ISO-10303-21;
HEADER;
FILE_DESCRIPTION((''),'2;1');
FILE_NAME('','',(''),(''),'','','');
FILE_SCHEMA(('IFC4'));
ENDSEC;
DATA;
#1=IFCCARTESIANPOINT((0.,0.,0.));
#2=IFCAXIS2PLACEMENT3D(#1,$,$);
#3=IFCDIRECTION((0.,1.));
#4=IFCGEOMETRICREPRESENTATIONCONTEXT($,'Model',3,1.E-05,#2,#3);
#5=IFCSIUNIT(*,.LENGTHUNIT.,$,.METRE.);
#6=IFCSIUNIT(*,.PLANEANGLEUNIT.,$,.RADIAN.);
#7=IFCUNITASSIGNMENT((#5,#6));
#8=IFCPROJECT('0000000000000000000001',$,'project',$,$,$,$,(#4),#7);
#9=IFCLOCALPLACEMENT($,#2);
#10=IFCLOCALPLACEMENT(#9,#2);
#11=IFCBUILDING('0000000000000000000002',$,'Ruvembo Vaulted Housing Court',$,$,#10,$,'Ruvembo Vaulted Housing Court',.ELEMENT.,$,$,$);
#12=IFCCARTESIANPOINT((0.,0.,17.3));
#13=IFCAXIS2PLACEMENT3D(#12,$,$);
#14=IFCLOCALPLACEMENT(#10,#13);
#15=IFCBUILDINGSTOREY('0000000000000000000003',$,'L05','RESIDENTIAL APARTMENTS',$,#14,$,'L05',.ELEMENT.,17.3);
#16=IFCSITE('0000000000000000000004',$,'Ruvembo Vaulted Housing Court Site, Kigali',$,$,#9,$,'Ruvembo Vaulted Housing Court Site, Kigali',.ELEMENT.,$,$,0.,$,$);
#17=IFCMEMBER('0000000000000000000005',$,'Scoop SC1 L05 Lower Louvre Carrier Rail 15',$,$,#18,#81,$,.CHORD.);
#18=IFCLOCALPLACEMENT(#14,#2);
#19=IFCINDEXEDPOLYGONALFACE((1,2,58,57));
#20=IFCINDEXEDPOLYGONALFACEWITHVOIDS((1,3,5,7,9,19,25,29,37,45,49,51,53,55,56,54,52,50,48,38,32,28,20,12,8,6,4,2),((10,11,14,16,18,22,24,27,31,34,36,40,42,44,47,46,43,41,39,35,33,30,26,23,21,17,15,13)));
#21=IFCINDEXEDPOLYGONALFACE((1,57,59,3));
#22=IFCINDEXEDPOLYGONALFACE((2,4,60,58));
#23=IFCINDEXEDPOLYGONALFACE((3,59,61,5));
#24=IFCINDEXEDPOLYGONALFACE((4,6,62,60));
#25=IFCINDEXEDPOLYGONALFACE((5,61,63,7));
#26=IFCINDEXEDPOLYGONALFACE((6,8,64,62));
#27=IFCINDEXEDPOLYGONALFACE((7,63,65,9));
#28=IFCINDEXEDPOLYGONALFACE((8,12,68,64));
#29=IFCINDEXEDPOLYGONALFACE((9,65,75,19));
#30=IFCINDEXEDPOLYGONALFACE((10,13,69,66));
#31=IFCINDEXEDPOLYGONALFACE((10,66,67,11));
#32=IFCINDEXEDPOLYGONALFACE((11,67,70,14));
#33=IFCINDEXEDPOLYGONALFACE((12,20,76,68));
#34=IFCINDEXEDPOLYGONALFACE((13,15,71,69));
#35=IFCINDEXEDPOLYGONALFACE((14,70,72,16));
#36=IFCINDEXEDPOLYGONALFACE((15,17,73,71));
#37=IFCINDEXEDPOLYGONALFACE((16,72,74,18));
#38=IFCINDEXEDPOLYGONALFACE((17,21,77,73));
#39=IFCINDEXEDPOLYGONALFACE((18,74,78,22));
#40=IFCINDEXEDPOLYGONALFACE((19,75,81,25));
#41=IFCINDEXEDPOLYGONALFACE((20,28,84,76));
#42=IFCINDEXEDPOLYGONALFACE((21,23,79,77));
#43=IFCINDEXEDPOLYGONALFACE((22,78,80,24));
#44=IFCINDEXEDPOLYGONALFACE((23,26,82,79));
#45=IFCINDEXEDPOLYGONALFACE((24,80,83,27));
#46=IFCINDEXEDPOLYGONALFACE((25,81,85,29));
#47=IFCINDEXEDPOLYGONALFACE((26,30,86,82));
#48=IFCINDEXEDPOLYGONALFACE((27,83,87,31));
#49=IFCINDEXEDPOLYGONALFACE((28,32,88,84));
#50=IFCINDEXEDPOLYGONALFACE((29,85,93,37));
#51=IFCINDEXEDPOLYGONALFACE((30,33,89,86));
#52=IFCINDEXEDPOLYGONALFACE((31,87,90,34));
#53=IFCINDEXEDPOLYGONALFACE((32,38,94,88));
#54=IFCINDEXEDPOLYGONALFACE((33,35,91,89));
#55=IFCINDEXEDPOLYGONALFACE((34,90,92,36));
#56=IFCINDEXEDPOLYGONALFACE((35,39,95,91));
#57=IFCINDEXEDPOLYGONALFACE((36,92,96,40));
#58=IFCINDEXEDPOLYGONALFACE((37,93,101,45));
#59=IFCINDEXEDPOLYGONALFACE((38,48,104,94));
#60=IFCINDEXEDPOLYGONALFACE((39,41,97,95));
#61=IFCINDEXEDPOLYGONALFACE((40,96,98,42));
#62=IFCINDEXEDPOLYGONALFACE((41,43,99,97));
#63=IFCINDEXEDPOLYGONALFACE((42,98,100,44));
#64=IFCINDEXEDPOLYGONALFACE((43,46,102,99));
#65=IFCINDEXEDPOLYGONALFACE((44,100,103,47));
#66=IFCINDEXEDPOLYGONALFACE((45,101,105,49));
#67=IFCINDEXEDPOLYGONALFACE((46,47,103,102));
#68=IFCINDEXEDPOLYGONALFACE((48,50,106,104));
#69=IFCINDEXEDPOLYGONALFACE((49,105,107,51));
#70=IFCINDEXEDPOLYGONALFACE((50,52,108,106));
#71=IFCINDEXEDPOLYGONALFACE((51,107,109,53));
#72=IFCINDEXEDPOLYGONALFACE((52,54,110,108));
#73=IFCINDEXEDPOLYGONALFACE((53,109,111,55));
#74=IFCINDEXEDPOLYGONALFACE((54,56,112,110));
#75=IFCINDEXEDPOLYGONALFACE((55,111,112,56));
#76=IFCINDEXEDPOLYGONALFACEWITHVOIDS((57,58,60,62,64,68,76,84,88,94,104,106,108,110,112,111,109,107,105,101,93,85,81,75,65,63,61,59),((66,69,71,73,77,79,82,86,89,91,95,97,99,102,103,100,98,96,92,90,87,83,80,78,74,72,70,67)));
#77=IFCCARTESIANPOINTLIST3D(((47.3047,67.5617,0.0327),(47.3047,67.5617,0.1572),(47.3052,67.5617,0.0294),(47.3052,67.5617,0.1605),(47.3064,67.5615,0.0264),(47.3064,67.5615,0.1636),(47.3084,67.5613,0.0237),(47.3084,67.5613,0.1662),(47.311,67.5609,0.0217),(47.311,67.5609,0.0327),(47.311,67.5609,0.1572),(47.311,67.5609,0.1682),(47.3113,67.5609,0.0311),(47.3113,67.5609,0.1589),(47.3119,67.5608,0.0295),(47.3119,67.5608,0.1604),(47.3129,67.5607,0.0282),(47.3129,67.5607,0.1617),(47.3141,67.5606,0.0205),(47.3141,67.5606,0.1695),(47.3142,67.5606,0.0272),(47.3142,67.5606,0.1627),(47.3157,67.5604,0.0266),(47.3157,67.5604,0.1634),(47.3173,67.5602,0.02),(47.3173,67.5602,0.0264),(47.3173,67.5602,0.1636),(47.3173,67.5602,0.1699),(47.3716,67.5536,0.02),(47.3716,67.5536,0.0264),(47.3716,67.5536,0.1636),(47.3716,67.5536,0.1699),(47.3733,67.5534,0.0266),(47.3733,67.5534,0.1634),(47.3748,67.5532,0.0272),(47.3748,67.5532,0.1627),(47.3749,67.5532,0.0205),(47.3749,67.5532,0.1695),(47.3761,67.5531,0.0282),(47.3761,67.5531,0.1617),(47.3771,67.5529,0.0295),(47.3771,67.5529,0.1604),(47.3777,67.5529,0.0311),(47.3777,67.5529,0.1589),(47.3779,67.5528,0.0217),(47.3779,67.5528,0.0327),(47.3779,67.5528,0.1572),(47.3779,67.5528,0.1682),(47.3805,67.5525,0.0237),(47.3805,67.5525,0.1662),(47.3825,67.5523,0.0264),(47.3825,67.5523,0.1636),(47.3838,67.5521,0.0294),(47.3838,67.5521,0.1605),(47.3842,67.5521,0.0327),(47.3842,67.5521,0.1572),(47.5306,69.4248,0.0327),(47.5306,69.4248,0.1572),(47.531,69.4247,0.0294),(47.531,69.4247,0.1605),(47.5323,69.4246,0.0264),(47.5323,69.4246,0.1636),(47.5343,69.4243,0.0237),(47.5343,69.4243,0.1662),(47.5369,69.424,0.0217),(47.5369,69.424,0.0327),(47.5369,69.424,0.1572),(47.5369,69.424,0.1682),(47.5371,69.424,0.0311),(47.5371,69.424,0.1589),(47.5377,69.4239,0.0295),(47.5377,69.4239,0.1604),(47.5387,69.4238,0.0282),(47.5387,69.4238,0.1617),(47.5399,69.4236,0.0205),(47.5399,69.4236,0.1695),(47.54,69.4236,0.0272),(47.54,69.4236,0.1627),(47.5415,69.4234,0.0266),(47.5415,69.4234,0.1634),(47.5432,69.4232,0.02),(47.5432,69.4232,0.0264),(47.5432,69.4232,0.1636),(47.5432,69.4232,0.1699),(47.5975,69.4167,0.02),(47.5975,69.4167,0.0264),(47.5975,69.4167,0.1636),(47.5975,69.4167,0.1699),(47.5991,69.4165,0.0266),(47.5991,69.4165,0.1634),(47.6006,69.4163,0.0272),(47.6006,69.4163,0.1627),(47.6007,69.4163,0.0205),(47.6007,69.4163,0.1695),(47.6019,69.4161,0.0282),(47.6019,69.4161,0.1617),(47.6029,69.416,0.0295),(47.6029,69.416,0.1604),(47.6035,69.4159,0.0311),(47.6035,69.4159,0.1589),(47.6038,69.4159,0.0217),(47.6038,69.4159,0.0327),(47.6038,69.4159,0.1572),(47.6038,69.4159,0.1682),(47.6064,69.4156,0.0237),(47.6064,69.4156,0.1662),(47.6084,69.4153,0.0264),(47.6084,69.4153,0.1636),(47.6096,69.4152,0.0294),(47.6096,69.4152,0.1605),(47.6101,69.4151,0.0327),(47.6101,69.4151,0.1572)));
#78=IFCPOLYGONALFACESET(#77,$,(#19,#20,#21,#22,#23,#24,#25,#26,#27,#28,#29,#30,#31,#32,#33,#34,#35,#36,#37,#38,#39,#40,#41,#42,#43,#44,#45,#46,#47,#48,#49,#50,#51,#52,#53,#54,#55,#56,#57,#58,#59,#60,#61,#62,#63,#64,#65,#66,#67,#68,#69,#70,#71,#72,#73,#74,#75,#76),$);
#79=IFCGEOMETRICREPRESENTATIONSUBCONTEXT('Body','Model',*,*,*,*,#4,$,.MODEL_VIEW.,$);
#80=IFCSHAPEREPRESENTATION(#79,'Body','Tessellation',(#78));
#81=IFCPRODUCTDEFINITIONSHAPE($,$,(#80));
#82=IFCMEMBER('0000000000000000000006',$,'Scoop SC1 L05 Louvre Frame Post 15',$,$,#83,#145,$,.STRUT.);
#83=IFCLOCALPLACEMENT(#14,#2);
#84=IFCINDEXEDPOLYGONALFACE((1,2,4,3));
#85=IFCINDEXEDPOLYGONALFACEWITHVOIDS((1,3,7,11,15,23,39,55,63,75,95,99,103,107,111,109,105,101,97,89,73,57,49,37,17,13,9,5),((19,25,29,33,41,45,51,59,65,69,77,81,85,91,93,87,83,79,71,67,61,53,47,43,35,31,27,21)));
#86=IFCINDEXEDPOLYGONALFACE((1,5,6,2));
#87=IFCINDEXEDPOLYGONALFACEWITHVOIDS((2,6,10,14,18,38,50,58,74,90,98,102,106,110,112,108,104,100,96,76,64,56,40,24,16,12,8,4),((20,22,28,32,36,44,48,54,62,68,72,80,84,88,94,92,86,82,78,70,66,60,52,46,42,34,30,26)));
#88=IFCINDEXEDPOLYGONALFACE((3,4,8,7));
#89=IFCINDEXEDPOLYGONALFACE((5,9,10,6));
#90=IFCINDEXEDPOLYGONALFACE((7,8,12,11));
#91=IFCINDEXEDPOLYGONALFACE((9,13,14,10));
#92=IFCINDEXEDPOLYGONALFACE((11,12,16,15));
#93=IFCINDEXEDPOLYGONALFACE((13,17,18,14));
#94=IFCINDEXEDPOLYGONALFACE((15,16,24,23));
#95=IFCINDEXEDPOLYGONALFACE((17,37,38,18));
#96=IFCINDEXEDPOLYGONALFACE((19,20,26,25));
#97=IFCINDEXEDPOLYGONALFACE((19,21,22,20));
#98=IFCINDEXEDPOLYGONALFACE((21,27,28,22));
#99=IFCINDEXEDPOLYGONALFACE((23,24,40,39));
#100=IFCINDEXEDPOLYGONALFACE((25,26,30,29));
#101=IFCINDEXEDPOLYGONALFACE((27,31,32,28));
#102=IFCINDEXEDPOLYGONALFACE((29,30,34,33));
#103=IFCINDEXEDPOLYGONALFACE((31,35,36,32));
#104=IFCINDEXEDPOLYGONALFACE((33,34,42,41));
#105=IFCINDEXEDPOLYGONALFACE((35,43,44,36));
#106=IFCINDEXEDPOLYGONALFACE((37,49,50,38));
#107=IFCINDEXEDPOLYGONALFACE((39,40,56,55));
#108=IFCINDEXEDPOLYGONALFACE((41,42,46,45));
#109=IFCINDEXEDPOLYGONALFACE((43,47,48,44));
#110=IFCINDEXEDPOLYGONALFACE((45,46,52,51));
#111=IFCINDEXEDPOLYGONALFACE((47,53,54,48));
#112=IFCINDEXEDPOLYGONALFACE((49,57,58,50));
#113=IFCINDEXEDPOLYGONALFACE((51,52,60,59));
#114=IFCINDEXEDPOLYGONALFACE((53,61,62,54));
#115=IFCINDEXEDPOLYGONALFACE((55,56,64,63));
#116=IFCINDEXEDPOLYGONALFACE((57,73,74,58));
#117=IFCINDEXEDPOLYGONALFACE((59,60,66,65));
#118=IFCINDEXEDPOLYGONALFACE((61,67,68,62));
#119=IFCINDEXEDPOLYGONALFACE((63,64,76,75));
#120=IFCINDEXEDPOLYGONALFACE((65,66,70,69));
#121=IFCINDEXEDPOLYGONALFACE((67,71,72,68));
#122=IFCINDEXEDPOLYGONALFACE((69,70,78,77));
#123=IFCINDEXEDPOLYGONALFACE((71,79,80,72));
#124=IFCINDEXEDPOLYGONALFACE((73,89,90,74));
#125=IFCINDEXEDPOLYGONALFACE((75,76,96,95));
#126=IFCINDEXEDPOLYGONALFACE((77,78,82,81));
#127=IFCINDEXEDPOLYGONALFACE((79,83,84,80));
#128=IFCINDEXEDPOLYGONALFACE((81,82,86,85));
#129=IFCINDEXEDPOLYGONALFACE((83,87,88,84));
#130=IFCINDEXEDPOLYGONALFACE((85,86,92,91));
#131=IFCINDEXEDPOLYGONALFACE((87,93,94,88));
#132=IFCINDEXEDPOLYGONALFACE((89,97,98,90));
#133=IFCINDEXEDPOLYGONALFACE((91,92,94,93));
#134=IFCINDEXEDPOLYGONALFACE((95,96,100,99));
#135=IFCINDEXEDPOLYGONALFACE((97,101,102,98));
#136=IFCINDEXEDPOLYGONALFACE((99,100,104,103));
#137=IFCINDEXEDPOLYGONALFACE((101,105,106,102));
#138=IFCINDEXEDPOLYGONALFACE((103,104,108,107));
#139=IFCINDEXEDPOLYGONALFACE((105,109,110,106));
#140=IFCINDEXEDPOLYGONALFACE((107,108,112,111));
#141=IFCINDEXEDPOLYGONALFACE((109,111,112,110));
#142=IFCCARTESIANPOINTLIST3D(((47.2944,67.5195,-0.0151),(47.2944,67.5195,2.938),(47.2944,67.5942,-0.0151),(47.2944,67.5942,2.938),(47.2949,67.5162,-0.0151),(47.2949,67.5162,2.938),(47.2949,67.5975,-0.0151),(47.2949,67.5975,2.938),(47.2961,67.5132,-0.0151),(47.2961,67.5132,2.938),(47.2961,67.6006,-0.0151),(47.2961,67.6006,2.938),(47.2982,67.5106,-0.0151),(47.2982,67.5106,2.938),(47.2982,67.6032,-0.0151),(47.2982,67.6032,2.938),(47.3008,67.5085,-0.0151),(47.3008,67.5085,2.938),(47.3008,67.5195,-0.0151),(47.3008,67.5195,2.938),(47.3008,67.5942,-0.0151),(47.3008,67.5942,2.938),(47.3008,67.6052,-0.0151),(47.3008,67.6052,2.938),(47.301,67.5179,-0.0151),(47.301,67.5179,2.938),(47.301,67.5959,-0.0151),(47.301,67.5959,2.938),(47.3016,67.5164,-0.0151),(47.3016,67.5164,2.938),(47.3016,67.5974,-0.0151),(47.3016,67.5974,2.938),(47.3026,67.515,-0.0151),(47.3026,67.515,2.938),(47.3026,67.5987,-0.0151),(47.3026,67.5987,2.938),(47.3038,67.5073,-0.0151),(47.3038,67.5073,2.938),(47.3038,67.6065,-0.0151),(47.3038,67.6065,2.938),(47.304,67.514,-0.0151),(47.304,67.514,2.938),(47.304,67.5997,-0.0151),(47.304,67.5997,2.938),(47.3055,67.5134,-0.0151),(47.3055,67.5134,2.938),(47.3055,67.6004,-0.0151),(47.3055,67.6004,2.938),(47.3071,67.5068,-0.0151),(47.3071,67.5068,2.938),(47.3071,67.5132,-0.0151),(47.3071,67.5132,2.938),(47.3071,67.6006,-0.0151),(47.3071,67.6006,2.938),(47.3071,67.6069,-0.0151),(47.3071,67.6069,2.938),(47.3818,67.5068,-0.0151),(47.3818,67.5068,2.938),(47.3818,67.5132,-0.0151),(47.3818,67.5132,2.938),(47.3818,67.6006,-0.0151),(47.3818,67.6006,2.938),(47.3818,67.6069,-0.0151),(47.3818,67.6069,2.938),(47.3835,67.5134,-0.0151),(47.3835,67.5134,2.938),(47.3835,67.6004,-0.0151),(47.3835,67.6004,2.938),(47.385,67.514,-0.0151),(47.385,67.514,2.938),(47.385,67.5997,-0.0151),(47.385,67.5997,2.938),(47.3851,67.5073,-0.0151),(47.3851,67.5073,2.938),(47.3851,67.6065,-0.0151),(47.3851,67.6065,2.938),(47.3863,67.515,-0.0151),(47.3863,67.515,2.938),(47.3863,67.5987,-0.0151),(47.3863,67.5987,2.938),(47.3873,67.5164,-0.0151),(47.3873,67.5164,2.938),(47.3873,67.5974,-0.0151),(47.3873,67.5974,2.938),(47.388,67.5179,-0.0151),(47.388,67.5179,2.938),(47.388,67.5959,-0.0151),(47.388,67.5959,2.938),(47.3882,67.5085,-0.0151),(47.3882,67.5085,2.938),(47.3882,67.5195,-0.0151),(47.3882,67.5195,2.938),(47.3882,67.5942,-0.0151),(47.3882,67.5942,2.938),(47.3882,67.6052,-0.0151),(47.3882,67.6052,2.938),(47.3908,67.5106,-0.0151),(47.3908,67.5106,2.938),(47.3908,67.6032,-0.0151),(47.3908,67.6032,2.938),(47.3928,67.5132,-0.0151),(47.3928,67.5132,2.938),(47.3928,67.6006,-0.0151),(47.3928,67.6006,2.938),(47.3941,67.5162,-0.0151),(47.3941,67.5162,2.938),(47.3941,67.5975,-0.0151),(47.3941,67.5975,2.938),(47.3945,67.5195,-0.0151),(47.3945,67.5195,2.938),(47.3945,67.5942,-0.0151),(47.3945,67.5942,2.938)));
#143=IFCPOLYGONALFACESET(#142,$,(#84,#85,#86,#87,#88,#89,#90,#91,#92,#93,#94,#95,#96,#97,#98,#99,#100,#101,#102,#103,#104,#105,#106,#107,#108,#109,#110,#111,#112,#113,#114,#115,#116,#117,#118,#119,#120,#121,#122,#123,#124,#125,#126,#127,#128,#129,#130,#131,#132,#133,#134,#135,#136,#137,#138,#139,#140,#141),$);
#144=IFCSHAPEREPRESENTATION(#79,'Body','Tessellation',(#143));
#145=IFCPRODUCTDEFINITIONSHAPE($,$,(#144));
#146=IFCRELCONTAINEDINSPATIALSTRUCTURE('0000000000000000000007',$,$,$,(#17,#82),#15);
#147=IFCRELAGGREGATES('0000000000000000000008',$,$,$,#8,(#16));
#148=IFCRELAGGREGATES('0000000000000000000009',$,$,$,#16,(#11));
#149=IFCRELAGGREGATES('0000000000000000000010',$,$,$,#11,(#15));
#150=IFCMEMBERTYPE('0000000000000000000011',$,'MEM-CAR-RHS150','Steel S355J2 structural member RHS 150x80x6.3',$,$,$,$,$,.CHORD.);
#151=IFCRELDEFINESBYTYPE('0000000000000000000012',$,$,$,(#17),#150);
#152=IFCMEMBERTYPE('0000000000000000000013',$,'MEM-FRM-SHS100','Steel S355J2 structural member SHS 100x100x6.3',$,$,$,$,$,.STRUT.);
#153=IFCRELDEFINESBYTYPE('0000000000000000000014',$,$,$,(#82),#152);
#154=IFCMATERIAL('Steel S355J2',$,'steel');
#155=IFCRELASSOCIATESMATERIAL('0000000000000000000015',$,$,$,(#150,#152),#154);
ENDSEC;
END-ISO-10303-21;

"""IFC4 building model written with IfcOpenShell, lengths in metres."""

from ifc_helpers import new_model, si_unit, direction, frame, origin, origin_2d, place, context, subcontext, project, spatial, hollow_rectangle, extrude, material, material_profile, profile_set, type_object, element, save


model = new_model("IFC4")

# Units and contexts
model_context = context("Model", 3, precision=1e-05, world=origin(), true_north=direction((0.0, 1.0)))
body_context = subcontext(model_context, "Body", "Model", "MODEL_VIEW")
ifc_project = project(units=[si_unit("LENGTHUNIT", "METRE"), si_unit("PLANEANGLEUNIT", "RADIAN")], contexts=[model_context])

# Site, building, storey
site_placement = place(None, origin())
site = spatial("IfcSite", under=ifc_project, at=site_placement, Name="Ruvembo Vaulted Housing Court Site, Kigali", LongName="Ruvembo Vaulted Housing Court Site, Kigali", CompositionType="ELEMENT", RefElevation=0.0)
building_placement = place(site_placement, origin())
building = spatial("IfcBuilding", under=site, at=building_placement, Name="Ruvembo Vaulted Housing Court", LongName="Ruvembo Vaulted Housing Court", CompositionType="ELEMENT")
storey_placement = place(building_placement, frame((0.0, 0.0, 17.3)))
storey = spatial("IfcBuildingStorey", under=building, at=storey_placement, Name="L05", Description="RESIDENTIAL APARTMENTS", LongName="L05", CompositionType="ELEMENT", Elevation=17.3)

# Shared definitions
ifc_material_1 = material(Name="Steel S355J2", Category="steel")

# Members
ifc_material_profile_1 = material_profile(ifc_material_1, hollow_rectangle(XDim=0.0801, YDim=0.1499, WallThickness=0.0063, InnerFilletRadius=0.0063, OuterFilletRadius=0.0127, at=origin_2d()), Name="RHS 150x80x6.3")
ifc_profile_set_1 = profile_set([ifc_material_profile_1], Name="Steel S355J2")
member_type_1 = type_object("IfcMemberType", Name="MEM-CAR-RHS150", Description="Steel S355J2 structural member RHS 150x80x6.3", PredefinedType="CHORD", material=ifc_profile_set_1)
member_1_placement = place(storey_placement, frame((47.3445, 67.5569, 0.095), z_axis=(0.120335, 0.992733, 0.0), x_axis=(-0.992733, 0.120335, 0.0)))
element("IfcMember", 1, at=member_1_placement, inside=storey, type_object=member_type_1, Name="Scoop SC1 L05 Lower Louvre Carrier Rail 15", PredefinedType="CHORD", context=body_context, shape_type="SweptSolid", body=[
    extrude(hollow_rectangle(XDim=0.0801, YDim=0.1499, WallThickness=0.0063, InnerFilletRadius=0.0063, OuterFilletRadius=0.0127, at=origin_2d()), origin(), (0.0, 0.0, 1.0), 1.8767),
])
ifc_material_profile_2 = material_profile(ifc_material_1, hollow_rectangle(XDim=0.1001, YDim=0.1001, WallThickness=0.0063, InnerFilletRadius=0.0063, OuterFilletRadius=0.0127, at=origin_2d()), Name="SHS 100x100x6.3")
ifc_profile_set_2 = profile_set([ifc_material_profile_2], Name="Steel S355J2")
member_type_2 = type_object("IfcMemberType", Name="MEM-FRM-SHS100", Description="Steel S355J2 structural member SHS 100x100x6.3", PredefinedType="STRUT", material=ifc_profile_set_2)
for number, where, z_axis, x_axis, name in (
    (2, (47.3445, 67.5569, -0.0151), (0.0, 0.0, 1.0), (1.0, 0.0, 0.0), "Scoop SC1 L05 Louvre Frame Post 15"),
):
    element("IfcMember", number, at=place(storey_placement, frame(where, z_axis=z_axis, x_axis=x_axis)), inside=storey, type_object=member_type_2, Name=name, PredefinedType="STRUT", context=body_context, shape_type="SweptSolid", body=[
        extrude(hollow_rectangle(XDim=0.1001, YDim=0.1001, WallThickness=0.0063, InnerFilletRadius=0.0063, OuterFilletRadius=0.0127, at=origin_2d()), origin(), (0.0, 0.0, 1.0), 2.9531),
    ])

save(model, "model.ifc")
